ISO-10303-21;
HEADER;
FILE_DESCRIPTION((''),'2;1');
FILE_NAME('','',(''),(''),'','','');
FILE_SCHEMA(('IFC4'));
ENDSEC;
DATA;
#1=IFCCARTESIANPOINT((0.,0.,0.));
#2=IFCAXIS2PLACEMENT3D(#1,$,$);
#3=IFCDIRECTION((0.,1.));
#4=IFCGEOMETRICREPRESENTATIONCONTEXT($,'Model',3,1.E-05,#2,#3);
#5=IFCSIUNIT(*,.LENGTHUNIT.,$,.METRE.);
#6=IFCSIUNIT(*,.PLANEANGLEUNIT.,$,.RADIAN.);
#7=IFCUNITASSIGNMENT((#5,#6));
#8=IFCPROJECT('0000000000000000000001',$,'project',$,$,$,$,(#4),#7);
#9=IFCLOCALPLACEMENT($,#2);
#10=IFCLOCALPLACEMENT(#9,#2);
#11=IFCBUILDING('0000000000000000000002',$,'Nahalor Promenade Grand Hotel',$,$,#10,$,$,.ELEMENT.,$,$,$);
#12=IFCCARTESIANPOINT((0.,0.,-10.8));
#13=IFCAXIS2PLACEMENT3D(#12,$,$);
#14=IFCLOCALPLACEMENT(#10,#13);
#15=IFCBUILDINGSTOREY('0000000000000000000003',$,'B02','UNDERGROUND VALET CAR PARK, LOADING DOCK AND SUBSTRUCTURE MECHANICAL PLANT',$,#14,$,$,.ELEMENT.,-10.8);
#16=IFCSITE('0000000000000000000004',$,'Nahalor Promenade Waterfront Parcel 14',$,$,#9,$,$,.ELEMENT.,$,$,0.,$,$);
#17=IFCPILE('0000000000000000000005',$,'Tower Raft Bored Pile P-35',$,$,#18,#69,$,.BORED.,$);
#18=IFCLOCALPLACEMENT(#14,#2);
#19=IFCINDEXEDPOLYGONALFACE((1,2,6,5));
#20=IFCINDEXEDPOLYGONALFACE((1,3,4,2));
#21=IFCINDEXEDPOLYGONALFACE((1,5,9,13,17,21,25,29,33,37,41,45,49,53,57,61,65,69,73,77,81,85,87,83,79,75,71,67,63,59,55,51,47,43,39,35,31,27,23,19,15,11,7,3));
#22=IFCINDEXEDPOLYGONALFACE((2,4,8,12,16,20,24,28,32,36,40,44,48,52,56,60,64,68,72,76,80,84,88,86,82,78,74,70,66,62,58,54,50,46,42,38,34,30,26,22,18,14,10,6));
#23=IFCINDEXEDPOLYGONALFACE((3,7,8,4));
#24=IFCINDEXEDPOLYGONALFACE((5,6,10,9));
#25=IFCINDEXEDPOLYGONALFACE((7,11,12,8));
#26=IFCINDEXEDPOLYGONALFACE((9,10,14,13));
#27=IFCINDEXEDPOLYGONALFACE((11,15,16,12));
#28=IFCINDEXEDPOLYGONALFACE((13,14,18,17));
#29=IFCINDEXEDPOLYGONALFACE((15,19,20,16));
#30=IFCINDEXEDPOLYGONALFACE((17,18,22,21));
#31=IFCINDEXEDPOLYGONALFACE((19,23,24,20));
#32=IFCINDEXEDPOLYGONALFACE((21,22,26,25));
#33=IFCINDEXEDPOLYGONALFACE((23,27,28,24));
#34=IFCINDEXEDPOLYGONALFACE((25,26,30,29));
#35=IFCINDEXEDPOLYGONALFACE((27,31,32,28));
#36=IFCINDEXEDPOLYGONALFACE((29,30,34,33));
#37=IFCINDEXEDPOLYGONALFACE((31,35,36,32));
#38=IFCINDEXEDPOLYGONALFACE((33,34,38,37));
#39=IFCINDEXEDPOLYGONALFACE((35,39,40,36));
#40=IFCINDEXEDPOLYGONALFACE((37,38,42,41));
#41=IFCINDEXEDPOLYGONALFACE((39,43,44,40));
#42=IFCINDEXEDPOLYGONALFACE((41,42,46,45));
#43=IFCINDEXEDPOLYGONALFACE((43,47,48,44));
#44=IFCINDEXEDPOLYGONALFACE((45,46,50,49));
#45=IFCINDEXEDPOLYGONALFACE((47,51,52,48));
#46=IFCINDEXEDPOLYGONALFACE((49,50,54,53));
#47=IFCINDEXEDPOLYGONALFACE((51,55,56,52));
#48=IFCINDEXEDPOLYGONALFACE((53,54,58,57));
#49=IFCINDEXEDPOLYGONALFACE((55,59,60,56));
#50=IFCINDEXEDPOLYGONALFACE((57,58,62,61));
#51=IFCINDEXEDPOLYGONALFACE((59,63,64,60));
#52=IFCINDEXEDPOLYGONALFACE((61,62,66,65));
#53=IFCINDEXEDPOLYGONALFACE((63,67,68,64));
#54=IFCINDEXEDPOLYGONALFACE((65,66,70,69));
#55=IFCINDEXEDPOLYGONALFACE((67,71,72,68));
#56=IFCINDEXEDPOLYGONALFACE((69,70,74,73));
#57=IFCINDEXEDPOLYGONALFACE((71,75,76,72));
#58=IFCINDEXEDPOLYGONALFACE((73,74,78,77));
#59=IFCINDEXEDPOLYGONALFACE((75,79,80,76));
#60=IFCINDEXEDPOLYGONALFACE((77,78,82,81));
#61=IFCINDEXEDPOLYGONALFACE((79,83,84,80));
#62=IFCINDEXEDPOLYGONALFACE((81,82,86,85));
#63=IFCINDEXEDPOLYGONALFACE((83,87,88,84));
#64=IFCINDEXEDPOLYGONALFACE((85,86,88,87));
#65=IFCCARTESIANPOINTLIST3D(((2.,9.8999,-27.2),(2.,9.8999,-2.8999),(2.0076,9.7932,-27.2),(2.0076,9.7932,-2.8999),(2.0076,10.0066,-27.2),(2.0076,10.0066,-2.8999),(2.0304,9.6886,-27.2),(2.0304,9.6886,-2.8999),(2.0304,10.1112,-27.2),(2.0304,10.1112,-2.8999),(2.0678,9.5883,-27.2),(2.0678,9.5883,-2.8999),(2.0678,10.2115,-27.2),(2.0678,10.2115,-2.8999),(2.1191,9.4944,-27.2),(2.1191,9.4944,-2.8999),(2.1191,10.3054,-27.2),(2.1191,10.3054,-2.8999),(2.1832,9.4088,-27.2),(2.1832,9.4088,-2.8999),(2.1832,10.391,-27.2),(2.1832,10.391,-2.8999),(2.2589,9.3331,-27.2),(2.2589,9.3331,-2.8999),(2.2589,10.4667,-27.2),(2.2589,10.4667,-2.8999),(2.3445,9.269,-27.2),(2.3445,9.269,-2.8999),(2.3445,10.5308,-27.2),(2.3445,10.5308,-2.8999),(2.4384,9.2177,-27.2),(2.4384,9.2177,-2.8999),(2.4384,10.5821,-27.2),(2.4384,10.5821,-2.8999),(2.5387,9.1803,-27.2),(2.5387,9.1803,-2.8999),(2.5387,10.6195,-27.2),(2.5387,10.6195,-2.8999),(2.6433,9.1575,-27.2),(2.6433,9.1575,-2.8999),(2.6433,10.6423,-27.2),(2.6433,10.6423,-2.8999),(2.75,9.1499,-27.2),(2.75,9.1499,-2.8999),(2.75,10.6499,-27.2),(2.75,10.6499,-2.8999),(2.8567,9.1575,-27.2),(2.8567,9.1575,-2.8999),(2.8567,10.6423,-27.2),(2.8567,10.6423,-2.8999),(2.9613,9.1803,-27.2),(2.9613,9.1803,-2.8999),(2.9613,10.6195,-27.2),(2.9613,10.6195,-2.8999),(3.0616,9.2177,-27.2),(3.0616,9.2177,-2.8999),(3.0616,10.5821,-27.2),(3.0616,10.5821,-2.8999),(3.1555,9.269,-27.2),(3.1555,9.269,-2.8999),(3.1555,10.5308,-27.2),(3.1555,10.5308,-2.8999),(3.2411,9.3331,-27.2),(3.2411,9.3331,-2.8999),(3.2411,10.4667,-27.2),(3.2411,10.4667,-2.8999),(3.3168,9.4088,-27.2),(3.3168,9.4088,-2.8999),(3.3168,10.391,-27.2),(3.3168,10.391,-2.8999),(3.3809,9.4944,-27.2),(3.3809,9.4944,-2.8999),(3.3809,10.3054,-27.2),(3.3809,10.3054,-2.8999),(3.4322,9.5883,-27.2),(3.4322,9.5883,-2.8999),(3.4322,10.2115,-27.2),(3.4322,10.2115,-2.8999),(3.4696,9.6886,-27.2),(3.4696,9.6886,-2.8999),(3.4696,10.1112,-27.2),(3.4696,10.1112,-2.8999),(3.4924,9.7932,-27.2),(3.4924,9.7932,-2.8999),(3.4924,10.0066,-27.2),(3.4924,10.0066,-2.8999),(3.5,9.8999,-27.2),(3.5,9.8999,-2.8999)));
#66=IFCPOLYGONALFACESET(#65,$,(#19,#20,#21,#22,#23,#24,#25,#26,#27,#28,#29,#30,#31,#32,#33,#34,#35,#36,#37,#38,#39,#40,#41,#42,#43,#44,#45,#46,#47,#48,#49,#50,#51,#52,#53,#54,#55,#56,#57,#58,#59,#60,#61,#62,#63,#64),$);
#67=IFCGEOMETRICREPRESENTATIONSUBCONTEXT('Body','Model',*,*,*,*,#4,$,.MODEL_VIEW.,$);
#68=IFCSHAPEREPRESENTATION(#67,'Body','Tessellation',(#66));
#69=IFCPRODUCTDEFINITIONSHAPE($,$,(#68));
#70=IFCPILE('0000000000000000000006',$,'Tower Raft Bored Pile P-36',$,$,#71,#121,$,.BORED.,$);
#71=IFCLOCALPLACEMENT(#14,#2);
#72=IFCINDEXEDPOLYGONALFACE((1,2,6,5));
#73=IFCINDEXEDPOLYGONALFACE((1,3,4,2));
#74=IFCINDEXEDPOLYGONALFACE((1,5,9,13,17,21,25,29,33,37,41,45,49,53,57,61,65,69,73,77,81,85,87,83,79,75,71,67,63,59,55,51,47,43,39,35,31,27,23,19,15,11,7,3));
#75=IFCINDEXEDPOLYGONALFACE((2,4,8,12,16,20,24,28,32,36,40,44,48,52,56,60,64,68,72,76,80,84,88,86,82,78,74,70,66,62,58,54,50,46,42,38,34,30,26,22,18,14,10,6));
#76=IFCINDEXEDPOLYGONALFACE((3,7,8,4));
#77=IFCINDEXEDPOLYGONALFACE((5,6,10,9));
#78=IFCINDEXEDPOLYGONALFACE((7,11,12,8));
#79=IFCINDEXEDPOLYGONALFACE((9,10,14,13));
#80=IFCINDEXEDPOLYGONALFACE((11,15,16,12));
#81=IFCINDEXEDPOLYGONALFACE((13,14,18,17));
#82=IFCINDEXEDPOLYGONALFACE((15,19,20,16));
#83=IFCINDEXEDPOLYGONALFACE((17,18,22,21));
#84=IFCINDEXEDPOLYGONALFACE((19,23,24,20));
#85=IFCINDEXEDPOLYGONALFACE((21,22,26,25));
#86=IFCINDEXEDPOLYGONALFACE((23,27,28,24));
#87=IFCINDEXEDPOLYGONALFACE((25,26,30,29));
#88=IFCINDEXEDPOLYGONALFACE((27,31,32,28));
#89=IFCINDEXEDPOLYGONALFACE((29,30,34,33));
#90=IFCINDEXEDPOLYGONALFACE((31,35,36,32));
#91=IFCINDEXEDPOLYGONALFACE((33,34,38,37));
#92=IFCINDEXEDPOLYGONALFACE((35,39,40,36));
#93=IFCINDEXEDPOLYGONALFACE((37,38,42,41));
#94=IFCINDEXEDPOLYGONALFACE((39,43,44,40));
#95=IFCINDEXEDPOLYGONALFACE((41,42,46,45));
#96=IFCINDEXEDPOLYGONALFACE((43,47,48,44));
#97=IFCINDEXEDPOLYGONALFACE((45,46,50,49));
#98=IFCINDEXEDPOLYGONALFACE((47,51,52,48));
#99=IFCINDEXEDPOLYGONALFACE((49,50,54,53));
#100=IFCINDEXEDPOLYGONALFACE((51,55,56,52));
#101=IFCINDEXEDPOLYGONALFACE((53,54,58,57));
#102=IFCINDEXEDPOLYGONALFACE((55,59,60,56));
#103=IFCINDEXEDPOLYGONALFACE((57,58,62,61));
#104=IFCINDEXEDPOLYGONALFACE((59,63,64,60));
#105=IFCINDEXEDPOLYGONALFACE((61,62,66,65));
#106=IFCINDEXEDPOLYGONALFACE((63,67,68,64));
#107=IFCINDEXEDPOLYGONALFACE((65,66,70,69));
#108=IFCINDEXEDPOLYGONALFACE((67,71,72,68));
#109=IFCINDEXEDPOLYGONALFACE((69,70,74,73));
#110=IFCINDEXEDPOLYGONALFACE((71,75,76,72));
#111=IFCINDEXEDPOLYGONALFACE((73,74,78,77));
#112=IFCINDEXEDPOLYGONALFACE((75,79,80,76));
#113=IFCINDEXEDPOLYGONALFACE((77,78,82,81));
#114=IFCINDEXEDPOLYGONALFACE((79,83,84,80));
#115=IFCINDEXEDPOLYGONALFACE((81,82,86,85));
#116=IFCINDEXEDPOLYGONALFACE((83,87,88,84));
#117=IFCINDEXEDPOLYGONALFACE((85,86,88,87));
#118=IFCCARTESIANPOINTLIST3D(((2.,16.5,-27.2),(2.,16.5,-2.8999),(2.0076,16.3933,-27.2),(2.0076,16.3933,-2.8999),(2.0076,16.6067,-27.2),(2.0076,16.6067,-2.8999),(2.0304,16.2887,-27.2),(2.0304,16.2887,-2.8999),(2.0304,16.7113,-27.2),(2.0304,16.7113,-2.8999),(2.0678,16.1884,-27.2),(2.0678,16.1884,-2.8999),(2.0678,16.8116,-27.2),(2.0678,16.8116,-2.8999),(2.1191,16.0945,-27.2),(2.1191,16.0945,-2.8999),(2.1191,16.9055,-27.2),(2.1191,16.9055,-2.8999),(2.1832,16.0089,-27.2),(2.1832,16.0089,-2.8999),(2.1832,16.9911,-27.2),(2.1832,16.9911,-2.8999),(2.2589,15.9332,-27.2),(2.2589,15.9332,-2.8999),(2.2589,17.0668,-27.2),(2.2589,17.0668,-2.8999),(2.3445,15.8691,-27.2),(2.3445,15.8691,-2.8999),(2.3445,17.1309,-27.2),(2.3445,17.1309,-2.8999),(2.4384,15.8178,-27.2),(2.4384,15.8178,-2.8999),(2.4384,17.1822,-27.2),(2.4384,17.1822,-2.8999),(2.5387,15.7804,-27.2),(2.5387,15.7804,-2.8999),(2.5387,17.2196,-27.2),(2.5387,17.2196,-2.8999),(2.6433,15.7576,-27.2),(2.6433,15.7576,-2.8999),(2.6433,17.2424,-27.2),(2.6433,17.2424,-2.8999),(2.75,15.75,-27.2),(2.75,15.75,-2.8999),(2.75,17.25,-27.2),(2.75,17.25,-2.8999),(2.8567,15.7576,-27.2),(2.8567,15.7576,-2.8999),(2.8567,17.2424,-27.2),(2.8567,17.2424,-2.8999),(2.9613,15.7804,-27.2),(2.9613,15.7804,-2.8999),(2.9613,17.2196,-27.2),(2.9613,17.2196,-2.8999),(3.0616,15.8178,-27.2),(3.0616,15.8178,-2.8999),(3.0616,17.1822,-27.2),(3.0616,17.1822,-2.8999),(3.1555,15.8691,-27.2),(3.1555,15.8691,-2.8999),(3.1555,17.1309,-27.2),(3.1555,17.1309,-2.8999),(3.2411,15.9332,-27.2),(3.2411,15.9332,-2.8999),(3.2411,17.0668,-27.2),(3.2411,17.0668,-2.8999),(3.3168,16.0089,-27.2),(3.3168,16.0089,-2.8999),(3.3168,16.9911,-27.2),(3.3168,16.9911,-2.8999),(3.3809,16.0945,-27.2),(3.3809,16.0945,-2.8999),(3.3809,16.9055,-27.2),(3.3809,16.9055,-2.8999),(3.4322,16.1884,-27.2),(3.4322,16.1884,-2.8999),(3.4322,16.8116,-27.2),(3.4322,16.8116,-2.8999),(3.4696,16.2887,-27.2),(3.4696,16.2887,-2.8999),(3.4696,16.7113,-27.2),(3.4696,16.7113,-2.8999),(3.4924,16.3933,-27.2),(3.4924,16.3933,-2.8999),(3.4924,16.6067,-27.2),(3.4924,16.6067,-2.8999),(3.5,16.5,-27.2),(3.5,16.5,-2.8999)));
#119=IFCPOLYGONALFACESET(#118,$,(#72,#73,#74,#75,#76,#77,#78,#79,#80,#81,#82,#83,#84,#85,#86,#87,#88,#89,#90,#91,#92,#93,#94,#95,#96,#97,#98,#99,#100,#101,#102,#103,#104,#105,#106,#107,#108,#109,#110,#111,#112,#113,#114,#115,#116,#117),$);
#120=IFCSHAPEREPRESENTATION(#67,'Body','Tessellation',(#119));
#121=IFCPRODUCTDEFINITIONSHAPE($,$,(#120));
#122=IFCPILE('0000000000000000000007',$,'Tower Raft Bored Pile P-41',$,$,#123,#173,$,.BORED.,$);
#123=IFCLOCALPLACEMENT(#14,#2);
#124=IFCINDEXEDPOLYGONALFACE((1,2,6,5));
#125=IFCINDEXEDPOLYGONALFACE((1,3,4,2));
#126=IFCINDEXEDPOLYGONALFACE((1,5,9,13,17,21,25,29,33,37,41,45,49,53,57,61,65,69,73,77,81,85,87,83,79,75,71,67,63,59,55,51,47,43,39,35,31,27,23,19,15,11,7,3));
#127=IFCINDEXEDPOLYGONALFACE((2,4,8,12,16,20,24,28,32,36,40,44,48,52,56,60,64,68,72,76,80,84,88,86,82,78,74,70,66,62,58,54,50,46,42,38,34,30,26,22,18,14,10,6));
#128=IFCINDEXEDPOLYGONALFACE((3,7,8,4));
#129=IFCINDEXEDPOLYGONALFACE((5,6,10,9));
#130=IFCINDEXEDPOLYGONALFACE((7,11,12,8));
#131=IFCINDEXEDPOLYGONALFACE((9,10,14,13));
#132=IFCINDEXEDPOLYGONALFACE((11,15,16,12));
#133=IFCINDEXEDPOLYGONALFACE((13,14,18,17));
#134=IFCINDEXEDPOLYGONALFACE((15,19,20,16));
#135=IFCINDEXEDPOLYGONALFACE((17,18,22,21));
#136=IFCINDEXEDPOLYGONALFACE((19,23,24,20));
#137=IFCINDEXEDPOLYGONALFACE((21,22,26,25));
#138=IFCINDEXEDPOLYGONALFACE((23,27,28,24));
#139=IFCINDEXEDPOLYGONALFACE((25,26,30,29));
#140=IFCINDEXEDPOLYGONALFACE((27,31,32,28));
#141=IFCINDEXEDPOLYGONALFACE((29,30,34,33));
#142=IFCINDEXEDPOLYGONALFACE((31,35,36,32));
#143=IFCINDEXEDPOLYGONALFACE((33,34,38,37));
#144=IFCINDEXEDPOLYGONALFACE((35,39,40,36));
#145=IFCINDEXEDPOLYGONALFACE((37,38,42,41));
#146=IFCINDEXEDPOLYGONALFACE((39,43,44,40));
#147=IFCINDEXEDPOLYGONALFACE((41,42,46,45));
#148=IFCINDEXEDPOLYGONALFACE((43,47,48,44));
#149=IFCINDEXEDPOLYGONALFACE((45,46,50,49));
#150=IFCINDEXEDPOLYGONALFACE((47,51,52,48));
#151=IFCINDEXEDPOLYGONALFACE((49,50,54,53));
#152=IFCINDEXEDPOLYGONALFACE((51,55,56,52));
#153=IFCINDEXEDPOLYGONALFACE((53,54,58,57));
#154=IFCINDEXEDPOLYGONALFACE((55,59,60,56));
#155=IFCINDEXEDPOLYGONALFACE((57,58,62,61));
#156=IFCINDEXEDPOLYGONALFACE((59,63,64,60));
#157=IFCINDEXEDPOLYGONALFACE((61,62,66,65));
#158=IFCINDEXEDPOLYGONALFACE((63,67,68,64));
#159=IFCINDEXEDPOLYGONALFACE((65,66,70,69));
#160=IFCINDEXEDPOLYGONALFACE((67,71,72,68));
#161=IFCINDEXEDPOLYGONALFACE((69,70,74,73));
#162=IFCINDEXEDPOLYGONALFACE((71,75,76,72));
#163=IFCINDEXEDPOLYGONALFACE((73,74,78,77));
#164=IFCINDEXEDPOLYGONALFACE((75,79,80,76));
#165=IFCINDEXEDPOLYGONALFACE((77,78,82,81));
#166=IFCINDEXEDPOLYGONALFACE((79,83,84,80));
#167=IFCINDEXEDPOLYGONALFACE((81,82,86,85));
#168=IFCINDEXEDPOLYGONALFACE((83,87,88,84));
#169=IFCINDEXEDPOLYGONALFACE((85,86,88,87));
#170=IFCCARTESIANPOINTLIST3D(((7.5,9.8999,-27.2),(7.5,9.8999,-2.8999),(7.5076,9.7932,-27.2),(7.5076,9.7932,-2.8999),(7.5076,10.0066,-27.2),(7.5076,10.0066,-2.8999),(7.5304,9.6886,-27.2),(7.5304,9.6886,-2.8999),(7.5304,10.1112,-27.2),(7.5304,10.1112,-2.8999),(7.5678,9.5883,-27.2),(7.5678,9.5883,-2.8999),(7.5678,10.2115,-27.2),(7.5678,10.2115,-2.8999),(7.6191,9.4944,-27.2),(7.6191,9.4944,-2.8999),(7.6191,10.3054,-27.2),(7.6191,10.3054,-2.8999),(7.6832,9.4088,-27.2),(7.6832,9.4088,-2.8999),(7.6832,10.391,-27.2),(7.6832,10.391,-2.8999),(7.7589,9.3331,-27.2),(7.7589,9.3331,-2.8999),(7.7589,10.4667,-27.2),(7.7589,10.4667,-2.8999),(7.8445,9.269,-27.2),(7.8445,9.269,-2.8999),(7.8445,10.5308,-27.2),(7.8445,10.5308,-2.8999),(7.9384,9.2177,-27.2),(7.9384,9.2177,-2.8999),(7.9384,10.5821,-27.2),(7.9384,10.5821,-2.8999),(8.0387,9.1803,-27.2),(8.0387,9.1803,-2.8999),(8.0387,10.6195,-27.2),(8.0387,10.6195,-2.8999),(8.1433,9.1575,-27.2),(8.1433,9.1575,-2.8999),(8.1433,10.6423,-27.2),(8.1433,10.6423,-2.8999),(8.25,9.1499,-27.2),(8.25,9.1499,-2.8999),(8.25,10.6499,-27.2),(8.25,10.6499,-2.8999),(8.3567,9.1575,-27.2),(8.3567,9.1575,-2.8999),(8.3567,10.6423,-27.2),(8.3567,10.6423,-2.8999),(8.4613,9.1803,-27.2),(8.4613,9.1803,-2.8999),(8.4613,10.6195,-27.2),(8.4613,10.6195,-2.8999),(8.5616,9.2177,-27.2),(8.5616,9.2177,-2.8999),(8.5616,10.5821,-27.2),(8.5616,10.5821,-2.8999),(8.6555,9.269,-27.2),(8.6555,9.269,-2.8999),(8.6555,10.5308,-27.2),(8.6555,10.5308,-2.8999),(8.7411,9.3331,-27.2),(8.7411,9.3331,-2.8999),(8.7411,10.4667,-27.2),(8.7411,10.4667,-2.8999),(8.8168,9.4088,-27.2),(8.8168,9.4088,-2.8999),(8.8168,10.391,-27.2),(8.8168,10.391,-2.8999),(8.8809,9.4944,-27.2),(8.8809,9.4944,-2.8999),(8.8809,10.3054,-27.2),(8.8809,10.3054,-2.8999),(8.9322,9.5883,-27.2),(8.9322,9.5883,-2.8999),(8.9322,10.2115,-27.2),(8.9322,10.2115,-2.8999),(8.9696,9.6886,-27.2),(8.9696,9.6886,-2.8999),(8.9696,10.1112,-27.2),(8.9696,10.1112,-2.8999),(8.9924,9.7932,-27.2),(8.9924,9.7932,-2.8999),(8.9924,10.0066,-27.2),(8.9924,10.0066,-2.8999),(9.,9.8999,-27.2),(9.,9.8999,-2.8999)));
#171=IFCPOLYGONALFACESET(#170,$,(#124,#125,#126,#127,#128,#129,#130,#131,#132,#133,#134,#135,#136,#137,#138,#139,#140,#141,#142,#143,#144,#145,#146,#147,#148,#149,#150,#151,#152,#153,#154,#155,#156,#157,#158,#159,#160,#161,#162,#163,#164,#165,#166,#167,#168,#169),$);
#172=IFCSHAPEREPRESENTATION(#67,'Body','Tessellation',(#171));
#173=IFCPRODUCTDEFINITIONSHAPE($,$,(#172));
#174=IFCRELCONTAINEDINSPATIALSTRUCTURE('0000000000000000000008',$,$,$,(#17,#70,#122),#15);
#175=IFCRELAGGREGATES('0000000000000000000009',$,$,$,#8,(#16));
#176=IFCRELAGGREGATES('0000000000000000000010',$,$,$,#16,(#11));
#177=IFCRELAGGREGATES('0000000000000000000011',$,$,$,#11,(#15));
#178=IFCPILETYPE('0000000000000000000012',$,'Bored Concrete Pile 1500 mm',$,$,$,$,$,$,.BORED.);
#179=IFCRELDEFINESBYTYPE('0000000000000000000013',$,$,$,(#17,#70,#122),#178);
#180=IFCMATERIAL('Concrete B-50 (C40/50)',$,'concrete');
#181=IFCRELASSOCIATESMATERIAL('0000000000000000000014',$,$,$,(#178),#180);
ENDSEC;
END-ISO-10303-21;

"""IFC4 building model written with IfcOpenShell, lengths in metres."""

from ifc_helpers import new_model, si_unit, direction, frame, origin, origin_2d, place, context, subcontext, project, spatial, circle, extrude, source, transform, mapped, material, material_profile, profile_set, type_object, element, save


model = new_model("IFC4")

# Units and contexts
model_context = context("Model", 3, precision=1e-05, world=origin(), true_north=direction((0.0, 1.0)))
body_context = subcontext(model_context, "Body", "Model", "MODEL_VIEW")
ifc_project = project(units=[si_unit("LENGTHUNIT", "METRE"), si_unit("PLANEANGLEUNIT", "RADIAN")], contexts=[model_context])

# Site, building, storey
site_placement = place(None, origin())
site = spatial("IfcSite", under=ifc_project, at=site_placement, Name="Nahalor Promenade Waterfront Parcel 14", CompositionType="ELEMENT", RefElevation=0.0)
building_placement = place(site_placement, origin())
building = spatial("IfcBuilding", under=site, at=building_placement, Name="Nahalor Promenade Grand Hotel", CompositionType="ELEMENT")
storey_placement = place(building_placement, frame((0.0, 0.0, -10.8)))
storey = spatial("IfcBuildingStorey", under=building, at=storey_placement, Name="B02", Description="UNDERGROUND VALET CAR PARK, LOADING DOCK AND SUBSTRUCTURE MECHANICAL PLANT", CompositionType="ELEMENT", Elevation=-10.8)

# Piles
ifc_material_1 = material(Name="Concrete B-50 (C40/50)", Category="concrete")
ifc_material_profile_1 = material_profile(ifc_material_1, circle(Radius=0.75, at=origin_2d()), Name="PILE D1500")
ifc_profile_set_1 = profile_set([ifc_material_profile_1], Name="Concrete B-50 (C40/50)")
pile_type = type_object("IfcPileType", Name="Bored Concrete Pile 1500 mm", PredefinedType="BORED", material=ifc_profile_set_1)
shared_shape_1 = source(origin(), body_context, "Body", "SweptSolid", [
    extrude(circle(Radius=0.75, at=origin_2d()), origin(), (0.0, 0.0, 1.0), 24.3),
])
for number, where, z_axis, x_axis, name in (
    (1, (2.75, 9.8999, -2.8999), (0.0, 0.0, -1.0), (1.0, 0.0, 0.0), "Tower Raft Bored Pile P-35"),
    (2, (2.75, 16.5, -2.8999), (0.0, 0.0, -1.0), (1.0, 0.0, 0.0), "Tower Raft Bored Pile P-36"),
    (3, (8.25, 9.8999, -2.8999), (0.0, 0.0, -1.0), (1.0, 0.0, 0.0), "Tower Raft Bored Pile P-41"),
):
    element("IfcPile", number, at=place(storey_placement, frame(where, z_axis=z_axis, x_axis=x_axis)), inside=storey, type_object=pile_type, Name=name, PredefinedType="BORED", context=body_context, shape_type="MappedRepresentation", body=[
        mapped(shared_shape_1, transform((0.0, 0.0, 0.0), scale=1.0)),
    ])

save(model, "model.ifc")
